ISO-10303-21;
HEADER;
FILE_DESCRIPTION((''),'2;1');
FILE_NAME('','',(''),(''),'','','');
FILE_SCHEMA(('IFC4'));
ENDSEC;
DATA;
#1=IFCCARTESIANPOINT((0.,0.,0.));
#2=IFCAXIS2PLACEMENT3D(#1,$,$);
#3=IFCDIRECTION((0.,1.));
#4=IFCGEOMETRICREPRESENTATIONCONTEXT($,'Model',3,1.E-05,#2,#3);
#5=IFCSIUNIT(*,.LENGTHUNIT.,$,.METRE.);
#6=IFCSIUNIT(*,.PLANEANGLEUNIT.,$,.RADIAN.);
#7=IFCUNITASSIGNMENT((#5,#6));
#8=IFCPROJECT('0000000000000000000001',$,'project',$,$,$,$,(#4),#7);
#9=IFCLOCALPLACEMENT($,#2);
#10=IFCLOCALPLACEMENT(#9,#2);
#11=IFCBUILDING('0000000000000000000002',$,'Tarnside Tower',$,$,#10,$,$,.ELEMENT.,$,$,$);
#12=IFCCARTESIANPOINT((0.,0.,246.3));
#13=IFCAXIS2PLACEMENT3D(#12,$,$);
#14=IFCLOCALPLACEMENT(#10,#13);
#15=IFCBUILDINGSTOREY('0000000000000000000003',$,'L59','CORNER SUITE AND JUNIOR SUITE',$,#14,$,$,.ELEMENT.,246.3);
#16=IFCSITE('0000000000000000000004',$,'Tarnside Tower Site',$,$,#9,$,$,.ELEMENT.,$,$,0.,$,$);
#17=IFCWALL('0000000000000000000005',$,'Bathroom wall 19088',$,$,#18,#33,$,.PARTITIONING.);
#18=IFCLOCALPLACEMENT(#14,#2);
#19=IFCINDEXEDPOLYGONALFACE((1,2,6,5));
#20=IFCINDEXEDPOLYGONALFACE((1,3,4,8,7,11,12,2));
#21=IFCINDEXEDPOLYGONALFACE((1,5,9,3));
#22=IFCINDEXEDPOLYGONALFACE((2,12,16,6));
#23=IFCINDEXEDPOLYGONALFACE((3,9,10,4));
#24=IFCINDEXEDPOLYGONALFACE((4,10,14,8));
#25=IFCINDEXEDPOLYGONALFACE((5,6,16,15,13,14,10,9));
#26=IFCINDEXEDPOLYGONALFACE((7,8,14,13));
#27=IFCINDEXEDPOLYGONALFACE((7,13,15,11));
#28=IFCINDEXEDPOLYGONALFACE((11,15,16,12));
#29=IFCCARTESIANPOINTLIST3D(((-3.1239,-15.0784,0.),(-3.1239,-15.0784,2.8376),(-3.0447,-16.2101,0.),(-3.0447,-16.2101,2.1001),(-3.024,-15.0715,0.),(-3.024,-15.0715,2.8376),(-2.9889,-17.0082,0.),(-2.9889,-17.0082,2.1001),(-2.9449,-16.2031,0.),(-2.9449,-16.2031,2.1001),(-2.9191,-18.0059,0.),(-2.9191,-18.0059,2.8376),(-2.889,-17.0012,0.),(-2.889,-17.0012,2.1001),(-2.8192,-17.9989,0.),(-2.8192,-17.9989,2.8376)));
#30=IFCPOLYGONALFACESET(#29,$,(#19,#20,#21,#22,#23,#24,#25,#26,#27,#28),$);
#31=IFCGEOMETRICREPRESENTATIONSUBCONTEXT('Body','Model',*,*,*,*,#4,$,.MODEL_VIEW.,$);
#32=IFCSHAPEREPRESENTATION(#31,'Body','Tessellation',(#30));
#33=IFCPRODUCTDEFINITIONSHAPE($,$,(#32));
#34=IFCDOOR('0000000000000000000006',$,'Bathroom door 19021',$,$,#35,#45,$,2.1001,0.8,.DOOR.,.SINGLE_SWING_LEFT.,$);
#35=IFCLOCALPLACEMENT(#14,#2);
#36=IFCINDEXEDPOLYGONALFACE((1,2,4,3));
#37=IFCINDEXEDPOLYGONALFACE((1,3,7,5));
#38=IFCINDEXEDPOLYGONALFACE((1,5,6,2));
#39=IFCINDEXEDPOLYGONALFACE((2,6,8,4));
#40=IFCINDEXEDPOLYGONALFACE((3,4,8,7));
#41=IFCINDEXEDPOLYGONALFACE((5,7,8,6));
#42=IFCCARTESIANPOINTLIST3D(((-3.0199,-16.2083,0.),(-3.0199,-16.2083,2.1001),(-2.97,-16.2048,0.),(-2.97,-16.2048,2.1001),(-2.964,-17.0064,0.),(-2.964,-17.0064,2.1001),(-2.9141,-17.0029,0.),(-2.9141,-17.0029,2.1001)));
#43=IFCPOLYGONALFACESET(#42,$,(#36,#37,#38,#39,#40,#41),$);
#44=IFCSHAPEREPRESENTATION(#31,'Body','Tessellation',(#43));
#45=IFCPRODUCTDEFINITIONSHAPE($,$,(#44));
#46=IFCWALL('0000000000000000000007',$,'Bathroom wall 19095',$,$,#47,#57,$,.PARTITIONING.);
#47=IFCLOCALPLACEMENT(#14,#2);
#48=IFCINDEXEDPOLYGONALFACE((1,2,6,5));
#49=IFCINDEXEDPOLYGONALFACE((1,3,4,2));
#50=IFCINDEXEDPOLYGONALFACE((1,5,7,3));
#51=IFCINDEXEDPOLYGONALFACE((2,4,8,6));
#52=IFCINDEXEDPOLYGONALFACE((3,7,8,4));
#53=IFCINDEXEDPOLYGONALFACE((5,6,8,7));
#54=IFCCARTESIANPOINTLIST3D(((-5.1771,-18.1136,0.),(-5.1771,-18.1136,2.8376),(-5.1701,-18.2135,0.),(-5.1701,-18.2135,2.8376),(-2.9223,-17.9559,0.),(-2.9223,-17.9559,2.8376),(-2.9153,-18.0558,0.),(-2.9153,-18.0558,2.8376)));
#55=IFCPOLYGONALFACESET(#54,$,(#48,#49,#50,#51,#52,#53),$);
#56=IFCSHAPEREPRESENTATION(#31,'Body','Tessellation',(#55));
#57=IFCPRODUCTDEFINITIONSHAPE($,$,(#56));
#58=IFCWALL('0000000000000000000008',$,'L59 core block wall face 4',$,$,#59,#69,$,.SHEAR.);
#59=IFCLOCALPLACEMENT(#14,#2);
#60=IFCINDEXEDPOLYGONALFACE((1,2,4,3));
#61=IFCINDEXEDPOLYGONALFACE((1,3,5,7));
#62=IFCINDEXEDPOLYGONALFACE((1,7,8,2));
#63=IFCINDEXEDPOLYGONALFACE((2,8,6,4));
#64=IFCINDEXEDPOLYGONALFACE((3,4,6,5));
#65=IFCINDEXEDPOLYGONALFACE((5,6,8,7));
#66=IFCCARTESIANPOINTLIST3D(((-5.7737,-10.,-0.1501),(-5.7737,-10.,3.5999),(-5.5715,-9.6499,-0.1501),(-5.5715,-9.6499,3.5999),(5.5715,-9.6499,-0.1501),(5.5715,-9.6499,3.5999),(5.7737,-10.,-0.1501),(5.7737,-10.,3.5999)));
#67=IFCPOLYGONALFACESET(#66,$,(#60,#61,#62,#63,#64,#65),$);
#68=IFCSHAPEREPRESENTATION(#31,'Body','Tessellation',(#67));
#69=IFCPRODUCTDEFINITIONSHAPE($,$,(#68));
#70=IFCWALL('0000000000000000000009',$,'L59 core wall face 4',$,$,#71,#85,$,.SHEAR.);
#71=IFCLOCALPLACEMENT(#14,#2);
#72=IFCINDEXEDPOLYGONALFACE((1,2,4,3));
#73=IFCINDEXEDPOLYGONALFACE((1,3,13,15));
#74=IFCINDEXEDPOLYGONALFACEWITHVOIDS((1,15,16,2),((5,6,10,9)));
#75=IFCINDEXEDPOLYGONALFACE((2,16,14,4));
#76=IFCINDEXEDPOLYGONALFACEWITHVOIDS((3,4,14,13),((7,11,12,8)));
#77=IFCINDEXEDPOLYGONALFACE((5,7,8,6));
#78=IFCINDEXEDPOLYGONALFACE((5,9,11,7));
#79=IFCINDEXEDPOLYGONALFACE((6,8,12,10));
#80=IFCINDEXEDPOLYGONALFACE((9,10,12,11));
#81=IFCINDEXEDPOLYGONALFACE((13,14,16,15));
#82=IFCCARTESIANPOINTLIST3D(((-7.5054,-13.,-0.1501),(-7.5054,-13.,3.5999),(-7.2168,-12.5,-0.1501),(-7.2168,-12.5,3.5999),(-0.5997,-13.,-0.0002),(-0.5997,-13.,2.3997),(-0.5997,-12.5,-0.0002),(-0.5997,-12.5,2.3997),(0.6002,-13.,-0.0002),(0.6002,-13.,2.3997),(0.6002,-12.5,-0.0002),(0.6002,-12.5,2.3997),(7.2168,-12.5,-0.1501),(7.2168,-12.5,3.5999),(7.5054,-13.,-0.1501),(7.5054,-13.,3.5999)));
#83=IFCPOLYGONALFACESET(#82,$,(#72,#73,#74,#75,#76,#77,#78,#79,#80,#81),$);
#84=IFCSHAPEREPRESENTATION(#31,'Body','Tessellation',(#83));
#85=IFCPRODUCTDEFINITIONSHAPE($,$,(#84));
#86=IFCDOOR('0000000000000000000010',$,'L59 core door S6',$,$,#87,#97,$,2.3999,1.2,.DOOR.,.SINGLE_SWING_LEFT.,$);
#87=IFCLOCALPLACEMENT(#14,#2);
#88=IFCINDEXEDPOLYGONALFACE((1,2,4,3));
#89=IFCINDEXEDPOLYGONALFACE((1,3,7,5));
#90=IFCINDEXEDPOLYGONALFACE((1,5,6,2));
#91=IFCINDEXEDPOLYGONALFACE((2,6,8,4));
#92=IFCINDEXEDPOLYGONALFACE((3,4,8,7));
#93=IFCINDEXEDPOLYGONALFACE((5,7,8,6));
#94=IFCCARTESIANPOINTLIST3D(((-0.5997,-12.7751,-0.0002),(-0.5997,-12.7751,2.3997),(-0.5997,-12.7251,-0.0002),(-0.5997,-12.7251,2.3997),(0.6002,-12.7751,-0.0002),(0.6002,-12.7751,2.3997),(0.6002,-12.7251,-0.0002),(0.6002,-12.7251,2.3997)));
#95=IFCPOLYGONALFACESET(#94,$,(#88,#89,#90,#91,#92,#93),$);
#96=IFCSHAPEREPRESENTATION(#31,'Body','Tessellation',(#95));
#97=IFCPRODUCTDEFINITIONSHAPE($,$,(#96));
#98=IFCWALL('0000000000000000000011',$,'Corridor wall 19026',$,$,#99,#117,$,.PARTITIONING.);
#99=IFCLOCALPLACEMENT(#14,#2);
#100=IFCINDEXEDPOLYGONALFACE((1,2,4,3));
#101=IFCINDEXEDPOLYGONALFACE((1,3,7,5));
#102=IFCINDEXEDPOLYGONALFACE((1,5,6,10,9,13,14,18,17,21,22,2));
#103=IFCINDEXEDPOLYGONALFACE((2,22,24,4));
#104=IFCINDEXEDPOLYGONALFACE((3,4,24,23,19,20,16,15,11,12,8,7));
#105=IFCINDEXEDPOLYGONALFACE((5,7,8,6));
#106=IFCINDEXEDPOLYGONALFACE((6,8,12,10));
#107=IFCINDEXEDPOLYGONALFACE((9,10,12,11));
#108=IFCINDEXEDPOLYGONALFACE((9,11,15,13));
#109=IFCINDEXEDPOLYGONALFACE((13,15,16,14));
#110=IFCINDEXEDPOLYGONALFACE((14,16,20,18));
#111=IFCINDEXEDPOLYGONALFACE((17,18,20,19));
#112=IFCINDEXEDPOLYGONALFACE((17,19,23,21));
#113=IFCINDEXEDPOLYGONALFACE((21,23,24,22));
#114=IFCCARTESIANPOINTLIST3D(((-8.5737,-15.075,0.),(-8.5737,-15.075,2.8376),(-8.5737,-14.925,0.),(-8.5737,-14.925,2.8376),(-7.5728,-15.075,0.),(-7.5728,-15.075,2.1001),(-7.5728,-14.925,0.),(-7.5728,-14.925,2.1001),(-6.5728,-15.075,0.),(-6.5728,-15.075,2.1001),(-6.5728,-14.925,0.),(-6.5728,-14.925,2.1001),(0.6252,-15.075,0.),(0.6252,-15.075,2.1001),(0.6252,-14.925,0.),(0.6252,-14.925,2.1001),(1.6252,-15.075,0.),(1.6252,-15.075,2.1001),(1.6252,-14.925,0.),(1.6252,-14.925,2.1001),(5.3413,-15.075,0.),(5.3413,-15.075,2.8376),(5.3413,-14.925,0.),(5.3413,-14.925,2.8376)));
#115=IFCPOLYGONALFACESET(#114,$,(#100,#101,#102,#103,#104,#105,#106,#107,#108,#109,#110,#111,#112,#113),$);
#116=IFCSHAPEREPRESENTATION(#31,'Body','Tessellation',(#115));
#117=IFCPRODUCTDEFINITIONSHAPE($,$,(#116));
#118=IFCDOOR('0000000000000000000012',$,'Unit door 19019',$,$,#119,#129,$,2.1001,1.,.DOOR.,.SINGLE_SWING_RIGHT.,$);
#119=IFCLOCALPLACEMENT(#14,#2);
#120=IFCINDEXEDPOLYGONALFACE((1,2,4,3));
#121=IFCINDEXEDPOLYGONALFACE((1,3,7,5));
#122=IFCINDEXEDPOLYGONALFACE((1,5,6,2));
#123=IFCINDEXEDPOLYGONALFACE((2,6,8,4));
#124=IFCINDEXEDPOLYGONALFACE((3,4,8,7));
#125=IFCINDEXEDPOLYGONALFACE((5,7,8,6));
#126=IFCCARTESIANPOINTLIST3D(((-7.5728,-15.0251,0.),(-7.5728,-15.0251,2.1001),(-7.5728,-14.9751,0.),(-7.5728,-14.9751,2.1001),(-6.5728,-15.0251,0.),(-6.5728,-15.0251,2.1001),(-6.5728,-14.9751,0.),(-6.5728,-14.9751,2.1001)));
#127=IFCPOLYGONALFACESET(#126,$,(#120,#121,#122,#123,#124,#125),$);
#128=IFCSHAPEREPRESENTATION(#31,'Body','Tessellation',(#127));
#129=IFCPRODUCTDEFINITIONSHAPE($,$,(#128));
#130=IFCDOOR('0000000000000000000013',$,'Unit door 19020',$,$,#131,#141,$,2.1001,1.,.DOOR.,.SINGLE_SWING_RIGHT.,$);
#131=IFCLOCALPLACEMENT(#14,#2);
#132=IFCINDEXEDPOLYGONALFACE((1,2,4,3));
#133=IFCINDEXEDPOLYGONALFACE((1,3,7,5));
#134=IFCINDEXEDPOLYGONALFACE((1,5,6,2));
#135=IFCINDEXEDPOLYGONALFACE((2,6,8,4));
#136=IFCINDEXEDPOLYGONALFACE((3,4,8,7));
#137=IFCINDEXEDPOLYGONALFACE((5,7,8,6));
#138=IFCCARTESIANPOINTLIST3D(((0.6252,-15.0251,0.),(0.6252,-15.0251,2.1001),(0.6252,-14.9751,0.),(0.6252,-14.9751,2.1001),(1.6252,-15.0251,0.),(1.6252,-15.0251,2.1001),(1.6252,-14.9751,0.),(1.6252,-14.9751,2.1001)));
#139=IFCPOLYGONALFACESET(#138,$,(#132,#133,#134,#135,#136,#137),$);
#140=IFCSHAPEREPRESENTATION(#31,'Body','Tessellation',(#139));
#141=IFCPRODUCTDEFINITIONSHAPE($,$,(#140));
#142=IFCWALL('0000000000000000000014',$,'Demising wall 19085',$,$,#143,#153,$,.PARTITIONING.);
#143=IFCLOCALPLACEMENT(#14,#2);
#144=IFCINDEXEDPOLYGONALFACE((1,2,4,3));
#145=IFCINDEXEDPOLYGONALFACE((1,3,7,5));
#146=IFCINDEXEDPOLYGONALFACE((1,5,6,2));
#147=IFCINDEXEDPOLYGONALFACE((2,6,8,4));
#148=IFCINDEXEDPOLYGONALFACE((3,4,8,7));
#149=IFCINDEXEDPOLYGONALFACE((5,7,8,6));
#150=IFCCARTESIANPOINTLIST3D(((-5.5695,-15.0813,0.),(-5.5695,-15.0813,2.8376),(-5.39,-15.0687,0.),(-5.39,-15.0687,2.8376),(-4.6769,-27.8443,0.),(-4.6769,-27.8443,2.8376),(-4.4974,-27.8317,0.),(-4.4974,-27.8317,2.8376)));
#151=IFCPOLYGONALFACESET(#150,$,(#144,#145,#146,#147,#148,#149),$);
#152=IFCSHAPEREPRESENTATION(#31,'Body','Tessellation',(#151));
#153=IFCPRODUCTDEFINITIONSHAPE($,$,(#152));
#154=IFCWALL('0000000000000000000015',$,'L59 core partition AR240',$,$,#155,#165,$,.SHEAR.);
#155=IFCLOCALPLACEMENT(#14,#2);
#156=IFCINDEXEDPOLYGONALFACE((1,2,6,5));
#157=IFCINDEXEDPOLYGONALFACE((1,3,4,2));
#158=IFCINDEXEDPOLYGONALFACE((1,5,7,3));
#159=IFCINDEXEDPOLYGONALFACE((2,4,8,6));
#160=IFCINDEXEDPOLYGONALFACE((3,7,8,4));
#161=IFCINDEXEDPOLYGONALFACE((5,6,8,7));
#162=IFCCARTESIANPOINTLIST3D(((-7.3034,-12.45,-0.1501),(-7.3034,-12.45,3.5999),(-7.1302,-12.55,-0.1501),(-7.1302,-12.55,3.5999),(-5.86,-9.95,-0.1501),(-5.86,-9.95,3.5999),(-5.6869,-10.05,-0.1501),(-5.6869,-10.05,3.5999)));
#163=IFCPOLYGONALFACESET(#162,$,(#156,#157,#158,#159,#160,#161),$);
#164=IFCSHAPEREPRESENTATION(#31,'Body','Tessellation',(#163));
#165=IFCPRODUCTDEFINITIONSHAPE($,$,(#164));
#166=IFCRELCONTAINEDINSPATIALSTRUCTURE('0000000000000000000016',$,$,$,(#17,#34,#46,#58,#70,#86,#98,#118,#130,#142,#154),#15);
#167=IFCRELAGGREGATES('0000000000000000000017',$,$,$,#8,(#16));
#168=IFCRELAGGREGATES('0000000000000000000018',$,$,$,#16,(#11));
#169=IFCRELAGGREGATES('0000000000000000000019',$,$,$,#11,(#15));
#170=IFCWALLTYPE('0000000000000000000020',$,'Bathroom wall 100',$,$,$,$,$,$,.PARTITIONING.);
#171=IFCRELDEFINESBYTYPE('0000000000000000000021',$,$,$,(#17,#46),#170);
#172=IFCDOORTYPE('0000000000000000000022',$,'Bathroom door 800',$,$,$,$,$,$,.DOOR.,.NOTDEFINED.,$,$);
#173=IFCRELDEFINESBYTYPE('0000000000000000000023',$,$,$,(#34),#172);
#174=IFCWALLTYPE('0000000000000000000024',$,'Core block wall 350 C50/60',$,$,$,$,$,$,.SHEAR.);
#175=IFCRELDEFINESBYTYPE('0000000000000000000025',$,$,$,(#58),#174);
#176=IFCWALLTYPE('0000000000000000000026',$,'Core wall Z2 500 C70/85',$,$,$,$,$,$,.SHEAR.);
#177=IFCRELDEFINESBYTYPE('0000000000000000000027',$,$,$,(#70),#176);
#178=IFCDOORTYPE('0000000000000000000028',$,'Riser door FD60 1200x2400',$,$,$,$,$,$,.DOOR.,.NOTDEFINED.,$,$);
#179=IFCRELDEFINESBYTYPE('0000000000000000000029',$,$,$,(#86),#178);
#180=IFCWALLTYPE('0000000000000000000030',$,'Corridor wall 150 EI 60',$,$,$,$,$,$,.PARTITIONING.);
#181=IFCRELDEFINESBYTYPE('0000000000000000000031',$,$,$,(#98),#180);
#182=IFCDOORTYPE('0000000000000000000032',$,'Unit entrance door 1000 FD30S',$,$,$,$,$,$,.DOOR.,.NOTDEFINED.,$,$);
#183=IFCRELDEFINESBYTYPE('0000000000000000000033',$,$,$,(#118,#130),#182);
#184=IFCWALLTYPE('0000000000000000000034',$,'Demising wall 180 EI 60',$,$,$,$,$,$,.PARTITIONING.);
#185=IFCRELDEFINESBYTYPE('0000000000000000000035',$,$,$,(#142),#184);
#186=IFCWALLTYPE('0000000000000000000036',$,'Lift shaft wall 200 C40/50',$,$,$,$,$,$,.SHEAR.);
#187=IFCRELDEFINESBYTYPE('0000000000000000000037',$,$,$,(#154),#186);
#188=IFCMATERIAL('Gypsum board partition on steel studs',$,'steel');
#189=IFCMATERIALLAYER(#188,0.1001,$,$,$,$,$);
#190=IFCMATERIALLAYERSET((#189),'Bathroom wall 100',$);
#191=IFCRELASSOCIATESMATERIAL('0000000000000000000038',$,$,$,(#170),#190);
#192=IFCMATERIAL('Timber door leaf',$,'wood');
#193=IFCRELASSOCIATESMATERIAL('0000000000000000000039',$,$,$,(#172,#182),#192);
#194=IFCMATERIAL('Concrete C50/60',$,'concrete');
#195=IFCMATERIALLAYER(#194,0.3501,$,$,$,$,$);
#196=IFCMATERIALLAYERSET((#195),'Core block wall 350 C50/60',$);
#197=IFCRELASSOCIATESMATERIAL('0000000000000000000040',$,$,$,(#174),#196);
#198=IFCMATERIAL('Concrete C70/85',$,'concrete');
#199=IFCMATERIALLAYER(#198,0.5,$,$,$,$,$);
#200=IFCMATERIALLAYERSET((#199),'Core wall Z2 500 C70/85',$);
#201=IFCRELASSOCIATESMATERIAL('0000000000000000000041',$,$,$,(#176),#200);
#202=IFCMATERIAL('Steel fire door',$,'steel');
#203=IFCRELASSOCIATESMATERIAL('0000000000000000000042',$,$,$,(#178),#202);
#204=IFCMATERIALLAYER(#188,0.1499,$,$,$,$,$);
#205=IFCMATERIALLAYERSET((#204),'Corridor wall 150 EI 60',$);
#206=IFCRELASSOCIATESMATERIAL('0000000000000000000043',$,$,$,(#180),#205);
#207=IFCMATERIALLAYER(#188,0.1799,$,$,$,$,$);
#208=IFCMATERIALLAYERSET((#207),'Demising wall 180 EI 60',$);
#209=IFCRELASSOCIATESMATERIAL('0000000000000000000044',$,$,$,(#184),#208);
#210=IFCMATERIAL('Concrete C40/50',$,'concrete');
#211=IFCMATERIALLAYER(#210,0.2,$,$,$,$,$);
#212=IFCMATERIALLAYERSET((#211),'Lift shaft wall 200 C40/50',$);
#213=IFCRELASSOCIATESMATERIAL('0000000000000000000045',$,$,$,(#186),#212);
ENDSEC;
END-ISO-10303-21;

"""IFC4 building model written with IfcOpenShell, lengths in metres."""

from ifc_helpers import new_model, si_unit, direction, frame, frame_2d, origin, place, context, subcontext, project, spatial, polyline, rectangle, outline, extrude, material, layer, layer_set, type_object, element, fill, save


model = new_model("IFC4")

# Units and contexts
model_context = context("Model", 3, precision=1e-05, world=origin(), true_north=direction((0.0, 1.0)))
body_context = subcontext(model_context, "Body", "Model", "MODEL_VIEW")
ifc_project = project(units=[si_unit("LENGTHUNIT", "METRE"), si_unit("PLANEANGLEUNIT", "RADIAN")], contexts=[model_context])

# Site, building, storey
site_placement = place(None, origin())
site = spatial("IfcSite", under=ifc_project, at=site_placement, Name="Tarnside Tower Site", CompositionType="ELEMENT", RefElevation=0.0)
building_placement = place(site_placement, origin())
building = spatial("IfcBuilding", under=site, at=building_placement, Name="Tarnside Tower", CompositionType="ELEMENT")
storey_placement = place(building_placement, frame((0.0, 0.0, 246.3)))
storey = spatial("IfcBuildingStorey", under=building, at=storey_placement, Name="L59", Description="CORNER SUITE AND JUNIOR SUITE", CompositionType="ELEMENT", Elevation=246.3)

# Wall, opening, door
ifc_material_1 = material(Name="Gypsum board partition on steel studs", Category="steel")
ifc_layer_1 = layer(ifc_material_1, 0.1001)
ifc_layer_set_1 = layer_set([ifc_layer_1], Name="Bathroom wall 100")
wall_type_1 = type_object("IfcWallType", Name="Bathroom wall 100", PredefinedType="PARTITIONING", material=ifc_layer_set_1)
wall_1_placement = place(storey_placement, frame((-3.074, -15.075, 0.0), z_axis=(0.0, 0.0, 1.0), x_axis=(0.069798, -0.997561, 0.0)))
wall_1 = element("IfcWall", 1, at=wall_1_placement, inside=storey, type_object=wall_type_1, Name="Bathroom wall 19088", PredefinedType="PARTITIONING", context=body_context, shape_type="SweptSolid", body=[
    extrude(rectangle(XDim=2.9346, YDim=0.1001, at=frame_2d((1.4673, 0.0))), origin(), (0.0, 0.0, 1.0), 2.8376),
])
opening_1_placement = place(wall_1_placement, frame((1.1345, 0.0, 0.0)))
opening_1 = element("IfcOpeningElement", 2, at=opening_1_placement, cuts=wall_1, PredefinedType="OPENING", context=body_context, shape_type="SweptSolid", body=[
    extrude(rectangle(XDim=0.8, YDim=2.1001, at=frame_2d((0.3999, 1.05))), frame((0.0, 0.0601, 0.0), z_axis=(0.0, -1.0, 0.0), x_axis=(1.0, 0.0, 0.0)), (0.0, 0.0, 1.0), 0.1201),
])
ifc_material_2 = material(Name="Timber door leaf", Category="wood")
door_type_1 = type_object("IfcDoorType", Name="Bathroom door 800", OperationType="NOTDEFINED", PredefinedType="DOOR", material=ifc_material_2)
door_1_placement = place(opening_1_placement, origin())
door_1 = element("IfcDoor", 3, at=door_1_placement, inside=storey, type_object=door_type_1, Name="Bathroom door 19021", OperationType="SINGLE_SWING_LEFT", OverallHeight=2.1001, OverallWidth=0.8, PredefinedType="DOOR", context=body_context, shape_type="SweptSolid", body=[
    extrude(rectangle(XDim=0.8, YDim=2.1001, at=frame_2d((0.3999, 1.05))), frame((0.0, 0.0249, 0.0), z_axis=(0.0, -1.0, 0.0), x_axis=(1.0, 0.0, 0.0)), (0.0, 0.0, 1.0), 0.05),
])
fill(opening_1, door_1)

# Walls
wall_2_placement = place(storey_placement, frame((-5.1736, -18.1636, 0.0), z_axis=(0.0, 0.0, 1.0), x_axis=(0.997562, 0.069781, 0.0)))
element("IfcWall", 4, at=wall_2_placement, inside=storey, type_object=wall_type_1, Name="Bathroom wall 19095", PredefinedType="PARTITIONING", context=body_context, shape_type="SweptSolid", body=[
    extrude(rectangle(XDim=2.2603, YDim=0.1001, at=frame_2d((1.1301, 0.0))), origin(), (0.0, 0.0, 1.0), 2.8376),
])
ifc_material_3 = material(Name="Concrete C50/60", Category="concrete")
ifc_layer_2 = layer(ifc_material_3, 0.3501)
ifc_layer_set_2 = layer_set([ifc_layer_2], Name="Core block wall 350 C50/60")
wall_type_2 = type_object("IfcWallType", Name="Core block wall 350 C50/60", PredefinedType="SHEAR", material=ifc_layer_set_2)
wall_3_placement = place(storey_placement, frame((-5.6726, -9.825, -0.1501), z_axis=(0.0, 0.0, 1.0), x_axis=(1.0, 0.0, 0.0)))
element("IfcWall", 5, at=wall_3_placement, inside=storey, type_object=wall_type_2, Name="L59 core block wall face 4", PredefinedType="SHEAR", context=body_context, shape_type="SweptSolid", body=[
    extrude(outline(polyline([(-0.1011, -0.175), (11.4463, -0.175), (11.2441, 0.175), (0.1011, 0.175), (-0.1011, -0.175)])), origin(), (0.0, 0.0, 1.0), 3.75),
])

# Wall, opening, door
ifc_material_4 = material(Name="Concrete C70/85", Category="concrete")
ifc_layer_3 = layer(ifc_material_4, 0.5)
ifc_layer_set_3 = layer_set([ifc_layer_3], Name="Core wall Z2 500 C70/85")
wall_type_3 = type_object("IfcWallType", Name="Core wall Z2 500 C70/85", PredefinedType="SHEAR", material=ifc_layer_set_3)
wall_4_placement = place(storey_placement, frame((-7.3611, -12.75, -0.1501), z_axis=(0.0, 0.0, 1.0), x_axis=(1.0, 0.0, 0.0)))
wall_4 = element("IfcWall", 6, at=wall_4_placement, inside=storey, type_object=wall_type_3, Name="L59 core wall face 4", PredefinedType="SHEAR", context=body_context, shape_type="SweptSolid", body=[
    extrude(outline(polyline([(-0.1443, -0.25), (14.8665, -0.25), (14.5779, 0.25), (0.1443, 0.25), (-0.1443, -0.25)])), origin(), (0.0, 0.0, 1.0), 3.75),
])
opening_2_placement = place(wall_4_placement, frame((6.7612, 0.0, 0.1499)))
opening_2 = element("IfcOpeningElement", 7, at=opening_2_placement, cuts=wall_4, PredefinedType="OPENING", context=body_context, shape_type="SweptSolid", body=[
    extrude(rectangle(XDim=1.2, YDim=2.3999, at=frame_2d((0.6001, 1.2))), frame((0.0, 0.26, 0.0), z_axis=(0.0, -1.0, 0.0), x_axis=(1.0, 0.0, 0.0)), (0.0, 0.0, 1.0), 0.52),
])
ifc_material_5 = material(Name="Steel fire door", Category="steel")
door_type_2 = type_object("IfcDoorType", Name="Riser door FD60 1200x2400", OperationType="NOTDEFINED", PredefinedType="DOOR", material=ifc_material_5)
door_2_placement = place(opening_2_placement, origin())
door_2 = element("IfcDoor", 8, at=door_2_placement, inside=storey, type_object=door_type_2, Name="L59 core door S6", OperationType="SINGLE_SWING_LEFT", OverallHeight=2.3999, OverallWidth=1.2, PredefinedType="DOOR", context=body_context, shape_type="SweptSolid", body=[
    extrude(rectangle(XDim=1.2, YDim=2.3999, at=frame_2d((0.6001, 1.2))), frame((0.0, 0.0249, 0.0), z_axis=(0.0, -1.0, 0.0), x_axis=(1.0, 0.0, 0.0)), (0.0, 0.0, 1.0), 0.05),
])
fill(opening_2, door_2)

# Wall, openings, doors
ifc_layer_4 = layer(ifc_material_1, 0.1499)
ifc_layer_set_4 = layer_set([ifc_layer_4], Name="Corridor wall 150 EI 60")
wall_type_4 = type_object("IfcWallType", Name="Corridor wall 150 EI 60", PredefinedType="PARTITIONING", material=ifc_layer_set_4)
wall_5_placement = place(storey_placement, frame((-8.5737, -15.0, 0.0), z_axis=(0.0, 0.0, 1.0), x_axis=(1.0, 0.0, 0.0)))
wall_5 = element("IfcWall", 9, at=wall_5_placement, inside=storey, type_object=wall_type_4, Name="Corridor wall 19026", PredefinedType="PARTITIONING", context=body_context, shape_type="SweptSolid", body=[
    extrude(rectangle(XDim=13.915, YDim=0.1499, at=frame_2d((6.9575, 0.0))), origin(), (0.0, 0.0, 1.0), 2.8376),
])
opening_3_placement = place(wall_5_placement, frame((1.001, 0.0, 0.0)))
opening_3 = element("IfcOpeningElement", 10, at=opening_3_placement, cuts=wall_5, PredefinedType="OPENING", context=body_context, shape_type="SweptSolid", body=[
    extrude(rectangle(XDim=1.0, YDim=2.1001, at=frame_2d((0.5, 1.05))), frame((0.0, 0.085, 0.0), z_axis=(0.0, -1.0, 0.0), x_axis=(1.0, 0.0, 0.0)), (0.0, 0.0, 1.0), 0.1699),
])
opening_4_placement = place(wall_5_placement, frame((9.199, 0.0, 0.0)))
opening_4 = element("IfcOpeningElement", 11, at=opening_4_placement, cuts=wall_5, PredefinedType="OPENING", context=body_context, shape_type="SweptSolid", body=[
    extrude(rectangle(XDim=1.0, YDim=2.1001, at=frame_2d((0.5, 1.05))), frame((0.0, 0.085, 0.0), z_axis=(0.0, -1.0, 0.0), x_axis=(1.0, 0.0, 0.0)), (0.0, 0.0, 1.0), 0.1699),
])
door_type_3 = type_object("IfcDoorType", Name="Unit entrance door 1000 FD30S", OperationType="NOTDEFINED", PredefinedType="DOOR", material=ifc_material_2)
door_3_placement = place(opening_3_placement, origin())
door_3 = element("IfcDoor", 12, at=door_3_placement, inside=storey, type_object=door_type_3, Name="Unit door 19019", OperationType="SINGLE_SWING_RIGHT", OverallHeight=2.1001, OverallWidth=1.0, PredefinedType="DOOR", context=body_context, shape_type="SweptSolid", body=[
    extrude(rectangle(XDim=1.0, YDim=2.1001, at=frame_2d((0.5, 1.05))), frame((0.0, 0.0249, 0.0), z_axis=(0.0, -1.0, 0.0), x_axis=(1.0, 0.0, 0.0)), (0.0, 0.0, 1.0), 0.05),
])
fill(opening_3, door_3)
door_4_placement = place(opening_4_placement, origin())
door_4 = element("IfcDoor", 13, at=door_4_placement, inside=storey, type_object=door_type_3, Name="Unit door 19020", OperationType="SINGLE_SWING_RIGHT", OverallHeight=2.1001, OverallWidth=1.0, PredefinedType="DOOR", context=body_context, shape_type="SweptSolid", body=[
    extrude(rectangle(XDim=1.0, YDim=2.1001, at=frame_2d((0.5, 1.05))), frame((0.0, 0.0249, 0.0), z_axis=(0.0, -1.0, 0.0), x_axis=(1.0, 0.0, 0.0)), (0.0, 0.0, 1.0), 0.05),
])
fill(opening_4, door_4)

# Walls
ifc_layer_5 = layer(ifc_material_1, 0.1799)
ifc_layer_set_5 = layer_set([ifc_layer_5], Name="Demising wall 180 EI 60")
wall_type_5 = type_object("IfcWallType", Name="Demising wall 180 EI 60", PredefinedType="PARTITIONING", material=ifc_layer_set_5)
wall_6_placement = place(storey_placement, frame((-4.5872, -27.8379, 0.0), z_axis=(0.0, 0.0, 1.0), x_axis=(-0.069765, 0.997563, 0.0)))
element("IfcWall", 14, at=wall_6_placement, inside=storey, type_object=wall_type_5, Name="Demising wall 19085", PredefinedType="PARTITIONING", context=body_context, shape_type="SweptSolid", body=[
    extrude(rectangle(XDim=12.7942, YDim=0.1799, at=frame_2d((6.397, 0.0))), origin(), (0.0, 0.0, 1.0), 2.8376),
])
ifc_material_6 = material(Name="Concrete C40/50", Category="concrete")
ifc_layer_6 = layer(ifc_material_6, 0.2)
ifc_layer_set_6 = layer_set([ifc_layer_6], Name="Lift shaft wall 200 C40/50")
wall_type_6 = type_object("IfcWallType", Name="Lift shaft wall 200 C40/50", PredefinedType="SHEAR", material=ifc_layer_set_6)
wall_7_placement = place(storey_placement, frame((-5.7734, -10.0, -0.1501), z_axis=(0.0, 0.0, 1.0), x_axis=(-0.499996, -0.866028, 0.0)))
element("IfcWall", 15, at=wall_7_placement, inside=storey, type_object=wall_type_6, Name="L59 core partition AR240", PredefinedType="SHEAR", context=body_context, shape_type="SweptSolid", body=[
    extrude(rectangle(XDim=2.8867, YDim=0.2, at=frame_2d((1.4434, 0.0))), origin(), (0.0, 0.0, 1.0), 3.75),
])

save(model, "model.ifc")
